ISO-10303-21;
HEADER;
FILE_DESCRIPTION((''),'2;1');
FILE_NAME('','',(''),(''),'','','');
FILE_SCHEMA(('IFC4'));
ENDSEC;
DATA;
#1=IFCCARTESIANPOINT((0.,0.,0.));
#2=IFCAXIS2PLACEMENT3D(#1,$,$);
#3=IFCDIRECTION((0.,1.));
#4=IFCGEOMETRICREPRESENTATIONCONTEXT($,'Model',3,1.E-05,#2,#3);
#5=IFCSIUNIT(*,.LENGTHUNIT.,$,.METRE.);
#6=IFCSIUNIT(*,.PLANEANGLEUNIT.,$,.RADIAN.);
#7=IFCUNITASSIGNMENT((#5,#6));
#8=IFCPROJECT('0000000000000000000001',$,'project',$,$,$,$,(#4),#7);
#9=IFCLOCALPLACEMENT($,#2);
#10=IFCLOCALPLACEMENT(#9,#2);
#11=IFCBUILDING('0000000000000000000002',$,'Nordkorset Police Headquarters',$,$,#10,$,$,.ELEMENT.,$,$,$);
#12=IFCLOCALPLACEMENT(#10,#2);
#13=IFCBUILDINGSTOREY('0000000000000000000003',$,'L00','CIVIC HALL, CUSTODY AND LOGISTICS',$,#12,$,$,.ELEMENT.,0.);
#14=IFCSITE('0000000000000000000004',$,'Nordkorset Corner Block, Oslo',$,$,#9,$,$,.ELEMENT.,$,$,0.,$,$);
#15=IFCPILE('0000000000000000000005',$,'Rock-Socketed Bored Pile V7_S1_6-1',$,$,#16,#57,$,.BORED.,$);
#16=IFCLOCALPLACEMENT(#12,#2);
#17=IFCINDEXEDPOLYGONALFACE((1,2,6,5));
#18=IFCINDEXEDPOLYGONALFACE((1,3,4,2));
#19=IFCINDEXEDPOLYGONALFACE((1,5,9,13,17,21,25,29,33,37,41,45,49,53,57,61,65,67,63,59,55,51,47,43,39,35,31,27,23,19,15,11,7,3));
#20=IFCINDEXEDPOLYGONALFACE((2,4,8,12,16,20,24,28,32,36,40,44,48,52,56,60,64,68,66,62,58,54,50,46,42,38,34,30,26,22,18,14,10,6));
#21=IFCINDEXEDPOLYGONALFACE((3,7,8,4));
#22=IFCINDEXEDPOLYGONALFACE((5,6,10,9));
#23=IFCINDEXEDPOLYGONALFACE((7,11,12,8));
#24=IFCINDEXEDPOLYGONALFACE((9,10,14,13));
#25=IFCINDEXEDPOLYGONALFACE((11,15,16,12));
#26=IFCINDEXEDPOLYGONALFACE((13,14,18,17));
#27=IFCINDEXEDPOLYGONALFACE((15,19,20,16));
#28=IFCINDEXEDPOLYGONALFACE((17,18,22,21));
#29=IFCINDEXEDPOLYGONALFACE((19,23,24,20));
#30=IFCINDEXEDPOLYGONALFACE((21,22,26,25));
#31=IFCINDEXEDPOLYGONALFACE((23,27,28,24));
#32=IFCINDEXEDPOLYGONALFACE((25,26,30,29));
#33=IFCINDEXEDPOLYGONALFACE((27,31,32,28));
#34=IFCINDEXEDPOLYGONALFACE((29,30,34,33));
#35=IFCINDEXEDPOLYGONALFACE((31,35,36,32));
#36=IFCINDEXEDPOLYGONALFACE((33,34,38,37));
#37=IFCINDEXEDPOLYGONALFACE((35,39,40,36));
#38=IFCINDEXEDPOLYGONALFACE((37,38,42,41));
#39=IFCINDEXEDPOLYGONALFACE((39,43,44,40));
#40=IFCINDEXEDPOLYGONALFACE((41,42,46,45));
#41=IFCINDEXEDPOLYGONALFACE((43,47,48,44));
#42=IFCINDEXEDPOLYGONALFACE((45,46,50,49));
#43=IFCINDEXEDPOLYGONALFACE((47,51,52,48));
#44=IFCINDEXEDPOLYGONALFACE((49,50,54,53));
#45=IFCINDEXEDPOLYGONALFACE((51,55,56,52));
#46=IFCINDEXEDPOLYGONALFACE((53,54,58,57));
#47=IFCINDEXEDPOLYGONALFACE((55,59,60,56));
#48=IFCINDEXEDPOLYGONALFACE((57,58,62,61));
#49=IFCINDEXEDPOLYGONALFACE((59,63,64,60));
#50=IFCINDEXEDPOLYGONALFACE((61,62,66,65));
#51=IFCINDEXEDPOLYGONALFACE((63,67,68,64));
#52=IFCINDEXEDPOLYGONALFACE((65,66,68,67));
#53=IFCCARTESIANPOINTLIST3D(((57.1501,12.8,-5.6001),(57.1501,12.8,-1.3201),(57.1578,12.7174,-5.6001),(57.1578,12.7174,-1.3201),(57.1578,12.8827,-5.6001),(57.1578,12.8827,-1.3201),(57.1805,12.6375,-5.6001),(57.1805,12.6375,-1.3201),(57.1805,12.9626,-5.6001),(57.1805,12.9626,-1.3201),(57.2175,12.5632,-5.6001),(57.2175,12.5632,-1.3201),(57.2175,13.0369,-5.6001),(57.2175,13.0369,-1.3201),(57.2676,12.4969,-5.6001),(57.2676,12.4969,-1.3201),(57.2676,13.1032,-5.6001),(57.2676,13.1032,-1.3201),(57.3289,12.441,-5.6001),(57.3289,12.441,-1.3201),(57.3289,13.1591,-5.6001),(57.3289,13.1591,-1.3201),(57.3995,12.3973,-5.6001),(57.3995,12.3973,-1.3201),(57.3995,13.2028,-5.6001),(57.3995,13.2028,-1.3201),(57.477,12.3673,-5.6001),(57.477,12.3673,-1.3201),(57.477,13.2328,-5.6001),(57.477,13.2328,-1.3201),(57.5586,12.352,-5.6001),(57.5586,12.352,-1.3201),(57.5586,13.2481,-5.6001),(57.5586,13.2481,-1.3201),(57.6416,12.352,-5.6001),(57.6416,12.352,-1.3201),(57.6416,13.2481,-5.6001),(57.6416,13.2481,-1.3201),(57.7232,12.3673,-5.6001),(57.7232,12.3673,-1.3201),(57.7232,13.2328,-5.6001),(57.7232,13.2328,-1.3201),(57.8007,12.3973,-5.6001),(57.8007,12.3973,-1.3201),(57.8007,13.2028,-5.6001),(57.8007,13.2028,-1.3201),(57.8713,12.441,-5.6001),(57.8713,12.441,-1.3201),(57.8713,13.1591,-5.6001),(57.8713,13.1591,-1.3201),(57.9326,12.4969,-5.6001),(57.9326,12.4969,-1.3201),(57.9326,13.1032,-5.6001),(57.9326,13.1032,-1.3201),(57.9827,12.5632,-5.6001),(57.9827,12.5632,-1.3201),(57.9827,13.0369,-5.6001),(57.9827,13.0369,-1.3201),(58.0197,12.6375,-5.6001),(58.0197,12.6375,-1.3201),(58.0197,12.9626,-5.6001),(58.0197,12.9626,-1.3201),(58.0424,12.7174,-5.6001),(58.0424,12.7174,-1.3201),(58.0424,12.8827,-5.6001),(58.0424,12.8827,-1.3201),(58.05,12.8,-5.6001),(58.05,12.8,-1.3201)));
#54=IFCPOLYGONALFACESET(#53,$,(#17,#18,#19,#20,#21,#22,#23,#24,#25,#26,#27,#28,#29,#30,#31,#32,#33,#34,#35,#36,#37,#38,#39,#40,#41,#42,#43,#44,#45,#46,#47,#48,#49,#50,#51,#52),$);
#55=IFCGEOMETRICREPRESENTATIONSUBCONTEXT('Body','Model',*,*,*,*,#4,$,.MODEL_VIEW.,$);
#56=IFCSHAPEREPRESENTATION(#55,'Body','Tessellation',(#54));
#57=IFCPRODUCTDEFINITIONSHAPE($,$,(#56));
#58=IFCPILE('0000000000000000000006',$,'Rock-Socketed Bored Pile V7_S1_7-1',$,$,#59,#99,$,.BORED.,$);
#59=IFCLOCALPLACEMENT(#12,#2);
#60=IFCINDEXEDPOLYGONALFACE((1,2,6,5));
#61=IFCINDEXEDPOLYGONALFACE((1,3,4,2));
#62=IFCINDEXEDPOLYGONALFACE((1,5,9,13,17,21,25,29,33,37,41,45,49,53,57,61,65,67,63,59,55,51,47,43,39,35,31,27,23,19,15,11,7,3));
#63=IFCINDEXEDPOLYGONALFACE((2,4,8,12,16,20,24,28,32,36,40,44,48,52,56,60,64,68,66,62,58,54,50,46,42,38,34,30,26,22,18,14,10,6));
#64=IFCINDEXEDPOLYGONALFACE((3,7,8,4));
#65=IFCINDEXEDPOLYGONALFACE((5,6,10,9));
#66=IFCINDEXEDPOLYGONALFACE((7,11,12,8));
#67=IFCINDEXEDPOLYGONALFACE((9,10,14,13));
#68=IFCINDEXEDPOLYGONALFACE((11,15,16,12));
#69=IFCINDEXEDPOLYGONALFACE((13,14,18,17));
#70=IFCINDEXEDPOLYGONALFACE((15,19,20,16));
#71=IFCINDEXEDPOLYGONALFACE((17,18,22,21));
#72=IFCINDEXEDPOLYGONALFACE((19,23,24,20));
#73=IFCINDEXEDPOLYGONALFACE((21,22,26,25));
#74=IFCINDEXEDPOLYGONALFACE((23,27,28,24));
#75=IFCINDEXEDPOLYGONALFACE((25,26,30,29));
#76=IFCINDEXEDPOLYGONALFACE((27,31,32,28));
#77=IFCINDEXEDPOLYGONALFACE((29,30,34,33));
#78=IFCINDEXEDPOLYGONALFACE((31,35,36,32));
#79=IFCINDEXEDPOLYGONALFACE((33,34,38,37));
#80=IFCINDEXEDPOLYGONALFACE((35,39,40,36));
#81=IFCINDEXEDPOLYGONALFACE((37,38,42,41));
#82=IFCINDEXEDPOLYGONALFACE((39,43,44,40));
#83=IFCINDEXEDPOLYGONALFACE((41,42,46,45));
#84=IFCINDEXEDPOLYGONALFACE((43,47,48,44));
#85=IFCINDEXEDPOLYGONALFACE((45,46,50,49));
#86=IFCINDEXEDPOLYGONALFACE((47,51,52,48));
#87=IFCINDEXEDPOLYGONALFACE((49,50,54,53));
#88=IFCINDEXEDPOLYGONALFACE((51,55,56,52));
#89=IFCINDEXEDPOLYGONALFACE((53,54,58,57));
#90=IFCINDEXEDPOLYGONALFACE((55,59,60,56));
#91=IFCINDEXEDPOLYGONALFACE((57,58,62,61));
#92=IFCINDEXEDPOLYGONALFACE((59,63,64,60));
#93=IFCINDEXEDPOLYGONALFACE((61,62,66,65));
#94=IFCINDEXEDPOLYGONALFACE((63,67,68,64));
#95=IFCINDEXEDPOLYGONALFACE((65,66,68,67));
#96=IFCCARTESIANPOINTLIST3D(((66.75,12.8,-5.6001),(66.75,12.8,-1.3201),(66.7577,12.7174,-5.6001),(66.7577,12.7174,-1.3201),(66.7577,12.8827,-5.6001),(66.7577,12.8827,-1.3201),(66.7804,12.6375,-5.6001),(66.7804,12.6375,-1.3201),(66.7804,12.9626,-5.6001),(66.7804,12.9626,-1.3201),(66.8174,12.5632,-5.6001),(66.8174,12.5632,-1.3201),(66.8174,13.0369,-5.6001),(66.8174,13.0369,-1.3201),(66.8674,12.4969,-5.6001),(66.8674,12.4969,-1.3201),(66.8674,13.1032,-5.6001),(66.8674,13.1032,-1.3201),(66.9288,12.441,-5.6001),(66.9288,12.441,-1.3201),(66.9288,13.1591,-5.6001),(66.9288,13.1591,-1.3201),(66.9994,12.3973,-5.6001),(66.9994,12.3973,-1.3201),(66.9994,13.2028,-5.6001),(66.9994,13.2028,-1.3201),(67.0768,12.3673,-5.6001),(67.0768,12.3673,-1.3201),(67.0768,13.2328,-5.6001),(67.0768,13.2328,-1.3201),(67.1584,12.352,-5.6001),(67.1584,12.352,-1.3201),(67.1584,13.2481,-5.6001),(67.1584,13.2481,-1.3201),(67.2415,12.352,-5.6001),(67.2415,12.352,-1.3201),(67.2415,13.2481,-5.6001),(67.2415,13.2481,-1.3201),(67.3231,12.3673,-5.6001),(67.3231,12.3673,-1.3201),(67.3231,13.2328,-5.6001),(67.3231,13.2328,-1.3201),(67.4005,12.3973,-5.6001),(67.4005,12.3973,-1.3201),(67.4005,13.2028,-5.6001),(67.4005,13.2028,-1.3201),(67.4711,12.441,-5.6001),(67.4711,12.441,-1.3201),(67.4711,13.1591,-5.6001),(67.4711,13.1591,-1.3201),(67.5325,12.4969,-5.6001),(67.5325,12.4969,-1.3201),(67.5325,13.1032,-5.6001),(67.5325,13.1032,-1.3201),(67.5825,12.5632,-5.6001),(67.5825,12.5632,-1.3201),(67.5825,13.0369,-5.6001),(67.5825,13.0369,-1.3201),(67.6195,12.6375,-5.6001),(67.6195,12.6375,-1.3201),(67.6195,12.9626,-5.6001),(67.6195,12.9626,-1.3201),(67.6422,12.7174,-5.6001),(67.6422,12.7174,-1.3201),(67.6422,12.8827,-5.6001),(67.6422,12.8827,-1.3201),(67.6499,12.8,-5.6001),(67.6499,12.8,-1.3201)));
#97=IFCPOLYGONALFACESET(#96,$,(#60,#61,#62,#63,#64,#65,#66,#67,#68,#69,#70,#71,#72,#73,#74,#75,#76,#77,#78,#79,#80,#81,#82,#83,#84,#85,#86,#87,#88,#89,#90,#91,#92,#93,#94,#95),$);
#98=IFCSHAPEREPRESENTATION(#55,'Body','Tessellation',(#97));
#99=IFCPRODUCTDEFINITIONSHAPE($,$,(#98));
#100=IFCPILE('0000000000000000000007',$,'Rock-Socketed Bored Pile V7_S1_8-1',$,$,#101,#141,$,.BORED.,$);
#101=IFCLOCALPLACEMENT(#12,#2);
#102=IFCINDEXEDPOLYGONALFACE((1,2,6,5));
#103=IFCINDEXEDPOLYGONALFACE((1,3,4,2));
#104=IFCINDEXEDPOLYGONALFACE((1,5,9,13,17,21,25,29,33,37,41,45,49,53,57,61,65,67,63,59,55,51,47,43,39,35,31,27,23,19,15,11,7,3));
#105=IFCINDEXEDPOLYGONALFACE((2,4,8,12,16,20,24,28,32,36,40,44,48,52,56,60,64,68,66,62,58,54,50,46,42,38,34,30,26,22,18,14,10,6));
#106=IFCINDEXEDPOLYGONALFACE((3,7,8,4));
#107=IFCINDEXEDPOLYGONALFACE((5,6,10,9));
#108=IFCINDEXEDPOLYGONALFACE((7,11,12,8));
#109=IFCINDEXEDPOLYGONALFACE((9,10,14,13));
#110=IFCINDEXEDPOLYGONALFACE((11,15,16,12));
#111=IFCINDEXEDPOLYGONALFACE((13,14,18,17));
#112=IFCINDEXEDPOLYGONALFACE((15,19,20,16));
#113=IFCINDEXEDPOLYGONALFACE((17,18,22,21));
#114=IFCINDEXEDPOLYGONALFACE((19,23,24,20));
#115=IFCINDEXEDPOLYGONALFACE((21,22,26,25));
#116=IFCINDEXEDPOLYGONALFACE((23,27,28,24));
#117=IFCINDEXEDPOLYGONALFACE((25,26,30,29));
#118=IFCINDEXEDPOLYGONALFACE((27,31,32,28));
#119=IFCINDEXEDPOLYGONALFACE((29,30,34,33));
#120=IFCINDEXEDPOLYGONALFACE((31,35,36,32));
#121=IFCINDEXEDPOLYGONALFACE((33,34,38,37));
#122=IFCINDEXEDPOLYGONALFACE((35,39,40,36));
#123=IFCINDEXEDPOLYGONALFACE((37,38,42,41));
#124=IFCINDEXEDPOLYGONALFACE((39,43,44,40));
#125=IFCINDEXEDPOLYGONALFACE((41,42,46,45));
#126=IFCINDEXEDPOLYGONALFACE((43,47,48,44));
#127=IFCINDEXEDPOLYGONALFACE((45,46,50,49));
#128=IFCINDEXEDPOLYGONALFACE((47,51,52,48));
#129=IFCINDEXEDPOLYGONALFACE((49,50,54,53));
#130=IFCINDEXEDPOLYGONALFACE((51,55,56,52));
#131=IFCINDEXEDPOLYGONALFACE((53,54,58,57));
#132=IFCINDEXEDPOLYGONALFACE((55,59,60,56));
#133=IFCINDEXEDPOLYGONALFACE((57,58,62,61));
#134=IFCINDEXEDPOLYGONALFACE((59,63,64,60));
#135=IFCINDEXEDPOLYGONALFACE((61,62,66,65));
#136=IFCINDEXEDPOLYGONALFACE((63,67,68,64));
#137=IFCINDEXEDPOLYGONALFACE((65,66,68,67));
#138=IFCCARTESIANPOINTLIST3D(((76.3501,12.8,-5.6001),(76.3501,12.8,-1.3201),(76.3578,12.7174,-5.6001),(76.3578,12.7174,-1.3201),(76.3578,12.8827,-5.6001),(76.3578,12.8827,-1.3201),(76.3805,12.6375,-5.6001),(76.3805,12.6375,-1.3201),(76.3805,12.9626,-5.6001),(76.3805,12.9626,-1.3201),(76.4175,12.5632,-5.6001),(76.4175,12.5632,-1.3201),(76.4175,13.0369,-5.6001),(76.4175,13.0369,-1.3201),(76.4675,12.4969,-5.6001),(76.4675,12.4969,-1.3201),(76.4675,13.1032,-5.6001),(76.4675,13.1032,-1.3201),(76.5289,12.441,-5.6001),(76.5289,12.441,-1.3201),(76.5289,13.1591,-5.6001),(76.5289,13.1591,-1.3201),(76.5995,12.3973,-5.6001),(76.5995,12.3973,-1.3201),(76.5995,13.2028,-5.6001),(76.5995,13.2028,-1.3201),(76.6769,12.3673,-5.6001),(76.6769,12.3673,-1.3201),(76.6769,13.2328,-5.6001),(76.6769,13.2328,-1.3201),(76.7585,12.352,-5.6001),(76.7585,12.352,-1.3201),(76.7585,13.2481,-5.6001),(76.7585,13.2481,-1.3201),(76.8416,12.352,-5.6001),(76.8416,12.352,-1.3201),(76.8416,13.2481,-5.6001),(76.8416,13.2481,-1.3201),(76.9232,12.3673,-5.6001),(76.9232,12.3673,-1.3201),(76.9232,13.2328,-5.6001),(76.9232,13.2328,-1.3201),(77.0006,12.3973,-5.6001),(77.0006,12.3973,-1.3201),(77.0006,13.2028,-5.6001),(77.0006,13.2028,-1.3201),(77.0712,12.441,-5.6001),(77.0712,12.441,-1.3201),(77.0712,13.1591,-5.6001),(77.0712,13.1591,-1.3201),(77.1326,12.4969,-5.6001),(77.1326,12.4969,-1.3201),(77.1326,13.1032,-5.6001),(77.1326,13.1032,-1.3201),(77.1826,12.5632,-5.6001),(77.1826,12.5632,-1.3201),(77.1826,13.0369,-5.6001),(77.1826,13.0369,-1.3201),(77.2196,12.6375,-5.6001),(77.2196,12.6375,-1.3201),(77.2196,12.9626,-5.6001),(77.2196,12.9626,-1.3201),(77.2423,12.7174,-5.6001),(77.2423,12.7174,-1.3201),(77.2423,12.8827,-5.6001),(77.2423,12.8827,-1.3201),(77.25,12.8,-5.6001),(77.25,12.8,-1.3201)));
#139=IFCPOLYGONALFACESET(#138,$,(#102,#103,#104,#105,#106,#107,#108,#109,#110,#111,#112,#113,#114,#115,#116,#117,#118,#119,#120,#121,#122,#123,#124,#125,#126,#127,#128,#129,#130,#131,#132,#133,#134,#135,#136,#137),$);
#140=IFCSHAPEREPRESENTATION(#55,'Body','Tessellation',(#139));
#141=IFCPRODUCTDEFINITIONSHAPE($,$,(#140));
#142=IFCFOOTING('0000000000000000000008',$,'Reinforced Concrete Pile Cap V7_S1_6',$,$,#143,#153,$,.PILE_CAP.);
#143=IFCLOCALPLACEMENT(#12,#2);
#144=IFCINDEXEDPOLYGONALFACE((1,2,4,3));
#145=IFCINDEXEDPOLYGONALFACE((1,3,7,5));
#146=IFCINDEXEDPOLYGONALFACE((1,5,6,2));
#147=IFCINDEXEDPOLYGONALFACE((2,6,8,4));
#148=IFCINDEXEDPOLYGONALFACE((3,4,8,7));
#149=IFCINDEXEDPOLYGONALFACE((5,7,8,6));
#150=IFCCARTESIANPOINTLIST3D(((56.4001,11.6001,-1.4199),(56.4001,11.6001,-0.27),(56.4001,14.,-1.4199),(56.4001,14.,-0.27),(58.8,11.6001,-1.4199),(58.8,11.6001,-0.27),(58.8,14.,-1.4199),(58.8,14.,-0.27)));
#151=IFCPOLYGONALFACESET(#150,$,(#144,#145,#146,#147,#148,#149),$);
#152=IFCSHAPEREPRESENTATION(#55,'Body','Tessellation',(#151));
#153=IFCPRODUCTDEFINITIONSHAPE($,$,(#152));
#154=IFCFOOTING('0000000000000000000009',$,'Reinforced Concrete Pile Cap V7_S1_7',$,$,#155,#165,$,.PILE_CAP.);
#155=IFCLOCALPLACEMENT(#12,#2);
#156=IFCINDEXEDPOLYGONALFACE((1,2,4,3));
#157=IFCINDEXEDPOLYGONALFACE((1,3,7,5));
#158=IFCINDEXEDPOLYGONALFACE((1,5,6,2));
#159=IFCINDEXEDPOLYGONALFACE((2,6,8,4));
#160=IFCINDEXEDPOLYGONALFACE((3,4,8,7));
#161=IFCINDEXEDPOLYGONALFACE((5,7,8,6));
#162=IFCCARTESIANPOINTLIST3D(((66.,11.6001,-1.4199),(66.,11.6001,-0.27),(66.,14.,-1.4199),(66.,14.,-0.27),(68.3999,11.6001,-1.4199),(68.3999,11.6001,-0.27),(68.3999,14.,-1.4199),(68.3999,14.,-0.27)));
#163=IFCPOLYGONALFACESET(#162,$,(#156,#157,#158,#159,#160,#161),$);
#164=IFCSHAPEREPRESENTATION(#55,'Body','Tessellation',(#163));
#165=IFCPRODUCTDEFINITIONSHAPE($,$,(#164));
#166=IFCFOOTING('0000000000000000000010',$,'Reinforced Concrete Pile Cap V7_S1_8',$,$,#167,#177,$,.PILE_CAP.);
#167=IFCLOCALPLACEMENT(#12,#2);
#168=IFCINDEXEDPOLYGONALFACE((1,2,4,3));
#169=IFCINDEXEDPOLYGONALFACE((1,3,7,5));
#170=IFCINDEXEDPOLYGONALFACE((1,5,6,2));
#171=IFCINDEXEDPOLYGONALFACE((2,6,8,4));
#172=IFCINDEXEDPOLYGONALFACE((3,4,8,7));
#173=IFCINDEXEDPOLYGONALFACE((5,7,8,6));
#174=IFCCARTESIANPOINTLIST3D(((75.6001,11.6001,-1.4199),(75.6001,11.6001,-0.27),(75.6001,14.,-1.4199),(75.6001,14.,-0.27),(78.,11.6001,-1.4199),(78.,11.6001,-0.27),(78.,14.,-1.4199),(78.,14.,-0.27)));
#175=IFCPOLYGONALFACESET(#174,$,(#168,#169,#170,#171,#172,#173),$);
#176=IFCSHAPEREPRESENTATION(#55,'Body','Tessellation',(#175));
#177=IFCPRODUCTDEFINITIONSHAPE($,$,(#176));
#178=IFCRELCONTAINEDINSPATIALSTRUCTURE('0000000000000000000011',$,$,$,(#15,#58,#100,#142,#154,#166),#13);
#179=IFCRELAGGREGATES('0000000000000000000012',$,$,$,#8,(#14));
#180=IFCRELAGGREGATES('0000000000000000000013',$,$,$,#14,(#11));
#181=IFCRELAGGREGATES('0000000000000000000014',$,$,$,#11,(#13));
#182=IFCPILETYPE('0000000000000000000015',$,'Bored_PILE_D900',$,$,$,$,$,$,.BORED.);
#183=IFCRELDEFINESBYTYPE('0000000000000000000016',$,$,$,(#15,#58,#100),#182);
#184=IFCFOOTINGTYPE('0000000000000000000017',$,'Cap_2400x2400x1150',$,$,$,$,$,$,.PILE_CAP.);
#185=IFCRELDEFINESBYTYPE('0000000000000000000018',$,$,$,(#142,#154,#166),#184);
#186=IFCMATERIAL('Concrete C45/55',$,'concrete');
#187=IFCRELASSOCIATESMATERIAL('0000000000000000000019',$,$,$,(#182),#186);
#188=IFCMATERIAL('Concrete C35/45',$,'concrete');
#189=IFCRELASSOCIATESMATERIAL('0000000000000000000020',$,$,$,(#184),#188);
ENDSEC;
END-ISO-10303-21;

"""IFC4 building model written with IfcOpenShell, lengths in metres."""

from ifc_helpers import new_model, si_unit, direction, frame, origin, origin_2d, place, context, subcontext, project, spatial, rectangle, circle, extrude, material, material_profile, profile_set, type_object, element, save


model = new_model("IFC4")

# Units and contexts
model_context = context("Model", 3, precision=1e-05, world=origin(), true_north=direction((0.0, 1.0)))
body_context = subcontext(model_context, "Body", "Model", "MODEL_VIEW")
ifc_project = project(units=[si_unit("LENGTHUNIT", "METRE"), si_unit("PLANEANGLEUNIT", "RADIAN")], contexts=[model_context])

# Site, building, storey
site_placement = place(None, origin())
site = spatial("IfcSite", under=ifc_project, at=site_placement, Name="Nordkorset Corner Block, Oslo", CompositionType="ELEMENT", RefElevation=0.0)
building_placement = place(site_placement, origin())
building = spatial("IfcBuilding", under=site, at=building_placement, Name="Nordkorset Police Headquarters", CompositionType="ELEMENT")
storey_placement = place(building_placement, origin())
storey = spatial("IfcBuildingStorey", under=building, at=storey_placement, Name="L00", Description="CIVIC HALL, CUSTODY AND LOGISTICS", CompositionType="ELEMENT", Elevation=0.0)

# Piles
ifc_material_1 = material(Name="Concrete C45/55", Category="concrete")
ifc_material_profile_1 = material_profile(ifc_material_1, circle(Radius=0.45, at=origin_2d()), Name="PILE D900")
ifc_profile_set_1 = profile_set([ifc_material_profile_1], Name="Concrete C45/55")
pile_type = type_object("IfcPileType", Name="Bored_PILE_D900", PredefinedType="BORED", material=ifc_profile_set_1)
for number, where, z_axis, x_axis, name in (
    (1, (57.6001, 12.8, -1.3201), (0.0, 0.0, -1.0), (1.0, 0.0, 0.0), "Rock-Socketed Bored Pile V7_S1_6-1"),
    (2, (67.2, 12.8, -1.3201), (0.0, 0.0, -1.0), (1.0, 0.0, 0.0), "Rock-Socketed Bored Pile V7_S1_7-1"),
    (3, (76.8, 12.8, -1.3201), (0.0, 0.0, -1.0), (1.0, 0.0, 0.0), "Rock-Socketed Bored Pile V7_S1_8-1"),
):
    element("IfcPile", number, at=place(storey_placement, frame(where, z_axis=z_axis, x_axis=x_axis)), inside=storey, type_object=pile_type, Name=name, PredefinedType="BORED", context=body_context, shape_type="SweptSolid", body=[
        extrude(circle(Radius=0.45, at=origin_2d()), origin(), (0.0, 0.0, 1.0), 4.28),
    ])

# Footings
ifc_material_2 = material(Name="Concrete C35/45", Category="concrete")
footing_type = type_object("IfcFootingType", Name="Cap_2400x2400x1150", PredefinedType="PILE_CAP", material=ifc_material_2)
for number, where, z_axis, x_axis, name in (
    (4, (57.6001, 12.8, -1.4199), (0.0, 0.0, 1.0), (1.0, 0.0, 0.0), "Reinforced Concrete Pile Cap V7_S1_6"),
    (5, (67.2, 12.8, -1.4199), (0.0, 0.0, 1.0), (1.0, 0.0, 0.0), "Reinforced Concrete Pile Cap V7_S1_7"),
    (6, (76.8, 12.8, -1.4199), (0.0, 0.0, 1.0), (1.0, 0.0, 0.0), "Reinforced Concrete Pile Cap V7_S1_8"),
):
    element("IfcFooting", number, at=place(storey_placement, frame(where, z_axis=z_axis, x_axis=x_axis)), inside=storey, type_object=footing_type, Name=name, PredefinedType="PILE_CAP", context=body_context, shape_type="SweptSolid", body=[
        extrude(rectangle(XDim=2.3999, YDim=2.3999, at=origin_2d()), origin(), (0.0, 0.0, 1.0), 1.1499),
    ])

save(model, "model.ifc")
